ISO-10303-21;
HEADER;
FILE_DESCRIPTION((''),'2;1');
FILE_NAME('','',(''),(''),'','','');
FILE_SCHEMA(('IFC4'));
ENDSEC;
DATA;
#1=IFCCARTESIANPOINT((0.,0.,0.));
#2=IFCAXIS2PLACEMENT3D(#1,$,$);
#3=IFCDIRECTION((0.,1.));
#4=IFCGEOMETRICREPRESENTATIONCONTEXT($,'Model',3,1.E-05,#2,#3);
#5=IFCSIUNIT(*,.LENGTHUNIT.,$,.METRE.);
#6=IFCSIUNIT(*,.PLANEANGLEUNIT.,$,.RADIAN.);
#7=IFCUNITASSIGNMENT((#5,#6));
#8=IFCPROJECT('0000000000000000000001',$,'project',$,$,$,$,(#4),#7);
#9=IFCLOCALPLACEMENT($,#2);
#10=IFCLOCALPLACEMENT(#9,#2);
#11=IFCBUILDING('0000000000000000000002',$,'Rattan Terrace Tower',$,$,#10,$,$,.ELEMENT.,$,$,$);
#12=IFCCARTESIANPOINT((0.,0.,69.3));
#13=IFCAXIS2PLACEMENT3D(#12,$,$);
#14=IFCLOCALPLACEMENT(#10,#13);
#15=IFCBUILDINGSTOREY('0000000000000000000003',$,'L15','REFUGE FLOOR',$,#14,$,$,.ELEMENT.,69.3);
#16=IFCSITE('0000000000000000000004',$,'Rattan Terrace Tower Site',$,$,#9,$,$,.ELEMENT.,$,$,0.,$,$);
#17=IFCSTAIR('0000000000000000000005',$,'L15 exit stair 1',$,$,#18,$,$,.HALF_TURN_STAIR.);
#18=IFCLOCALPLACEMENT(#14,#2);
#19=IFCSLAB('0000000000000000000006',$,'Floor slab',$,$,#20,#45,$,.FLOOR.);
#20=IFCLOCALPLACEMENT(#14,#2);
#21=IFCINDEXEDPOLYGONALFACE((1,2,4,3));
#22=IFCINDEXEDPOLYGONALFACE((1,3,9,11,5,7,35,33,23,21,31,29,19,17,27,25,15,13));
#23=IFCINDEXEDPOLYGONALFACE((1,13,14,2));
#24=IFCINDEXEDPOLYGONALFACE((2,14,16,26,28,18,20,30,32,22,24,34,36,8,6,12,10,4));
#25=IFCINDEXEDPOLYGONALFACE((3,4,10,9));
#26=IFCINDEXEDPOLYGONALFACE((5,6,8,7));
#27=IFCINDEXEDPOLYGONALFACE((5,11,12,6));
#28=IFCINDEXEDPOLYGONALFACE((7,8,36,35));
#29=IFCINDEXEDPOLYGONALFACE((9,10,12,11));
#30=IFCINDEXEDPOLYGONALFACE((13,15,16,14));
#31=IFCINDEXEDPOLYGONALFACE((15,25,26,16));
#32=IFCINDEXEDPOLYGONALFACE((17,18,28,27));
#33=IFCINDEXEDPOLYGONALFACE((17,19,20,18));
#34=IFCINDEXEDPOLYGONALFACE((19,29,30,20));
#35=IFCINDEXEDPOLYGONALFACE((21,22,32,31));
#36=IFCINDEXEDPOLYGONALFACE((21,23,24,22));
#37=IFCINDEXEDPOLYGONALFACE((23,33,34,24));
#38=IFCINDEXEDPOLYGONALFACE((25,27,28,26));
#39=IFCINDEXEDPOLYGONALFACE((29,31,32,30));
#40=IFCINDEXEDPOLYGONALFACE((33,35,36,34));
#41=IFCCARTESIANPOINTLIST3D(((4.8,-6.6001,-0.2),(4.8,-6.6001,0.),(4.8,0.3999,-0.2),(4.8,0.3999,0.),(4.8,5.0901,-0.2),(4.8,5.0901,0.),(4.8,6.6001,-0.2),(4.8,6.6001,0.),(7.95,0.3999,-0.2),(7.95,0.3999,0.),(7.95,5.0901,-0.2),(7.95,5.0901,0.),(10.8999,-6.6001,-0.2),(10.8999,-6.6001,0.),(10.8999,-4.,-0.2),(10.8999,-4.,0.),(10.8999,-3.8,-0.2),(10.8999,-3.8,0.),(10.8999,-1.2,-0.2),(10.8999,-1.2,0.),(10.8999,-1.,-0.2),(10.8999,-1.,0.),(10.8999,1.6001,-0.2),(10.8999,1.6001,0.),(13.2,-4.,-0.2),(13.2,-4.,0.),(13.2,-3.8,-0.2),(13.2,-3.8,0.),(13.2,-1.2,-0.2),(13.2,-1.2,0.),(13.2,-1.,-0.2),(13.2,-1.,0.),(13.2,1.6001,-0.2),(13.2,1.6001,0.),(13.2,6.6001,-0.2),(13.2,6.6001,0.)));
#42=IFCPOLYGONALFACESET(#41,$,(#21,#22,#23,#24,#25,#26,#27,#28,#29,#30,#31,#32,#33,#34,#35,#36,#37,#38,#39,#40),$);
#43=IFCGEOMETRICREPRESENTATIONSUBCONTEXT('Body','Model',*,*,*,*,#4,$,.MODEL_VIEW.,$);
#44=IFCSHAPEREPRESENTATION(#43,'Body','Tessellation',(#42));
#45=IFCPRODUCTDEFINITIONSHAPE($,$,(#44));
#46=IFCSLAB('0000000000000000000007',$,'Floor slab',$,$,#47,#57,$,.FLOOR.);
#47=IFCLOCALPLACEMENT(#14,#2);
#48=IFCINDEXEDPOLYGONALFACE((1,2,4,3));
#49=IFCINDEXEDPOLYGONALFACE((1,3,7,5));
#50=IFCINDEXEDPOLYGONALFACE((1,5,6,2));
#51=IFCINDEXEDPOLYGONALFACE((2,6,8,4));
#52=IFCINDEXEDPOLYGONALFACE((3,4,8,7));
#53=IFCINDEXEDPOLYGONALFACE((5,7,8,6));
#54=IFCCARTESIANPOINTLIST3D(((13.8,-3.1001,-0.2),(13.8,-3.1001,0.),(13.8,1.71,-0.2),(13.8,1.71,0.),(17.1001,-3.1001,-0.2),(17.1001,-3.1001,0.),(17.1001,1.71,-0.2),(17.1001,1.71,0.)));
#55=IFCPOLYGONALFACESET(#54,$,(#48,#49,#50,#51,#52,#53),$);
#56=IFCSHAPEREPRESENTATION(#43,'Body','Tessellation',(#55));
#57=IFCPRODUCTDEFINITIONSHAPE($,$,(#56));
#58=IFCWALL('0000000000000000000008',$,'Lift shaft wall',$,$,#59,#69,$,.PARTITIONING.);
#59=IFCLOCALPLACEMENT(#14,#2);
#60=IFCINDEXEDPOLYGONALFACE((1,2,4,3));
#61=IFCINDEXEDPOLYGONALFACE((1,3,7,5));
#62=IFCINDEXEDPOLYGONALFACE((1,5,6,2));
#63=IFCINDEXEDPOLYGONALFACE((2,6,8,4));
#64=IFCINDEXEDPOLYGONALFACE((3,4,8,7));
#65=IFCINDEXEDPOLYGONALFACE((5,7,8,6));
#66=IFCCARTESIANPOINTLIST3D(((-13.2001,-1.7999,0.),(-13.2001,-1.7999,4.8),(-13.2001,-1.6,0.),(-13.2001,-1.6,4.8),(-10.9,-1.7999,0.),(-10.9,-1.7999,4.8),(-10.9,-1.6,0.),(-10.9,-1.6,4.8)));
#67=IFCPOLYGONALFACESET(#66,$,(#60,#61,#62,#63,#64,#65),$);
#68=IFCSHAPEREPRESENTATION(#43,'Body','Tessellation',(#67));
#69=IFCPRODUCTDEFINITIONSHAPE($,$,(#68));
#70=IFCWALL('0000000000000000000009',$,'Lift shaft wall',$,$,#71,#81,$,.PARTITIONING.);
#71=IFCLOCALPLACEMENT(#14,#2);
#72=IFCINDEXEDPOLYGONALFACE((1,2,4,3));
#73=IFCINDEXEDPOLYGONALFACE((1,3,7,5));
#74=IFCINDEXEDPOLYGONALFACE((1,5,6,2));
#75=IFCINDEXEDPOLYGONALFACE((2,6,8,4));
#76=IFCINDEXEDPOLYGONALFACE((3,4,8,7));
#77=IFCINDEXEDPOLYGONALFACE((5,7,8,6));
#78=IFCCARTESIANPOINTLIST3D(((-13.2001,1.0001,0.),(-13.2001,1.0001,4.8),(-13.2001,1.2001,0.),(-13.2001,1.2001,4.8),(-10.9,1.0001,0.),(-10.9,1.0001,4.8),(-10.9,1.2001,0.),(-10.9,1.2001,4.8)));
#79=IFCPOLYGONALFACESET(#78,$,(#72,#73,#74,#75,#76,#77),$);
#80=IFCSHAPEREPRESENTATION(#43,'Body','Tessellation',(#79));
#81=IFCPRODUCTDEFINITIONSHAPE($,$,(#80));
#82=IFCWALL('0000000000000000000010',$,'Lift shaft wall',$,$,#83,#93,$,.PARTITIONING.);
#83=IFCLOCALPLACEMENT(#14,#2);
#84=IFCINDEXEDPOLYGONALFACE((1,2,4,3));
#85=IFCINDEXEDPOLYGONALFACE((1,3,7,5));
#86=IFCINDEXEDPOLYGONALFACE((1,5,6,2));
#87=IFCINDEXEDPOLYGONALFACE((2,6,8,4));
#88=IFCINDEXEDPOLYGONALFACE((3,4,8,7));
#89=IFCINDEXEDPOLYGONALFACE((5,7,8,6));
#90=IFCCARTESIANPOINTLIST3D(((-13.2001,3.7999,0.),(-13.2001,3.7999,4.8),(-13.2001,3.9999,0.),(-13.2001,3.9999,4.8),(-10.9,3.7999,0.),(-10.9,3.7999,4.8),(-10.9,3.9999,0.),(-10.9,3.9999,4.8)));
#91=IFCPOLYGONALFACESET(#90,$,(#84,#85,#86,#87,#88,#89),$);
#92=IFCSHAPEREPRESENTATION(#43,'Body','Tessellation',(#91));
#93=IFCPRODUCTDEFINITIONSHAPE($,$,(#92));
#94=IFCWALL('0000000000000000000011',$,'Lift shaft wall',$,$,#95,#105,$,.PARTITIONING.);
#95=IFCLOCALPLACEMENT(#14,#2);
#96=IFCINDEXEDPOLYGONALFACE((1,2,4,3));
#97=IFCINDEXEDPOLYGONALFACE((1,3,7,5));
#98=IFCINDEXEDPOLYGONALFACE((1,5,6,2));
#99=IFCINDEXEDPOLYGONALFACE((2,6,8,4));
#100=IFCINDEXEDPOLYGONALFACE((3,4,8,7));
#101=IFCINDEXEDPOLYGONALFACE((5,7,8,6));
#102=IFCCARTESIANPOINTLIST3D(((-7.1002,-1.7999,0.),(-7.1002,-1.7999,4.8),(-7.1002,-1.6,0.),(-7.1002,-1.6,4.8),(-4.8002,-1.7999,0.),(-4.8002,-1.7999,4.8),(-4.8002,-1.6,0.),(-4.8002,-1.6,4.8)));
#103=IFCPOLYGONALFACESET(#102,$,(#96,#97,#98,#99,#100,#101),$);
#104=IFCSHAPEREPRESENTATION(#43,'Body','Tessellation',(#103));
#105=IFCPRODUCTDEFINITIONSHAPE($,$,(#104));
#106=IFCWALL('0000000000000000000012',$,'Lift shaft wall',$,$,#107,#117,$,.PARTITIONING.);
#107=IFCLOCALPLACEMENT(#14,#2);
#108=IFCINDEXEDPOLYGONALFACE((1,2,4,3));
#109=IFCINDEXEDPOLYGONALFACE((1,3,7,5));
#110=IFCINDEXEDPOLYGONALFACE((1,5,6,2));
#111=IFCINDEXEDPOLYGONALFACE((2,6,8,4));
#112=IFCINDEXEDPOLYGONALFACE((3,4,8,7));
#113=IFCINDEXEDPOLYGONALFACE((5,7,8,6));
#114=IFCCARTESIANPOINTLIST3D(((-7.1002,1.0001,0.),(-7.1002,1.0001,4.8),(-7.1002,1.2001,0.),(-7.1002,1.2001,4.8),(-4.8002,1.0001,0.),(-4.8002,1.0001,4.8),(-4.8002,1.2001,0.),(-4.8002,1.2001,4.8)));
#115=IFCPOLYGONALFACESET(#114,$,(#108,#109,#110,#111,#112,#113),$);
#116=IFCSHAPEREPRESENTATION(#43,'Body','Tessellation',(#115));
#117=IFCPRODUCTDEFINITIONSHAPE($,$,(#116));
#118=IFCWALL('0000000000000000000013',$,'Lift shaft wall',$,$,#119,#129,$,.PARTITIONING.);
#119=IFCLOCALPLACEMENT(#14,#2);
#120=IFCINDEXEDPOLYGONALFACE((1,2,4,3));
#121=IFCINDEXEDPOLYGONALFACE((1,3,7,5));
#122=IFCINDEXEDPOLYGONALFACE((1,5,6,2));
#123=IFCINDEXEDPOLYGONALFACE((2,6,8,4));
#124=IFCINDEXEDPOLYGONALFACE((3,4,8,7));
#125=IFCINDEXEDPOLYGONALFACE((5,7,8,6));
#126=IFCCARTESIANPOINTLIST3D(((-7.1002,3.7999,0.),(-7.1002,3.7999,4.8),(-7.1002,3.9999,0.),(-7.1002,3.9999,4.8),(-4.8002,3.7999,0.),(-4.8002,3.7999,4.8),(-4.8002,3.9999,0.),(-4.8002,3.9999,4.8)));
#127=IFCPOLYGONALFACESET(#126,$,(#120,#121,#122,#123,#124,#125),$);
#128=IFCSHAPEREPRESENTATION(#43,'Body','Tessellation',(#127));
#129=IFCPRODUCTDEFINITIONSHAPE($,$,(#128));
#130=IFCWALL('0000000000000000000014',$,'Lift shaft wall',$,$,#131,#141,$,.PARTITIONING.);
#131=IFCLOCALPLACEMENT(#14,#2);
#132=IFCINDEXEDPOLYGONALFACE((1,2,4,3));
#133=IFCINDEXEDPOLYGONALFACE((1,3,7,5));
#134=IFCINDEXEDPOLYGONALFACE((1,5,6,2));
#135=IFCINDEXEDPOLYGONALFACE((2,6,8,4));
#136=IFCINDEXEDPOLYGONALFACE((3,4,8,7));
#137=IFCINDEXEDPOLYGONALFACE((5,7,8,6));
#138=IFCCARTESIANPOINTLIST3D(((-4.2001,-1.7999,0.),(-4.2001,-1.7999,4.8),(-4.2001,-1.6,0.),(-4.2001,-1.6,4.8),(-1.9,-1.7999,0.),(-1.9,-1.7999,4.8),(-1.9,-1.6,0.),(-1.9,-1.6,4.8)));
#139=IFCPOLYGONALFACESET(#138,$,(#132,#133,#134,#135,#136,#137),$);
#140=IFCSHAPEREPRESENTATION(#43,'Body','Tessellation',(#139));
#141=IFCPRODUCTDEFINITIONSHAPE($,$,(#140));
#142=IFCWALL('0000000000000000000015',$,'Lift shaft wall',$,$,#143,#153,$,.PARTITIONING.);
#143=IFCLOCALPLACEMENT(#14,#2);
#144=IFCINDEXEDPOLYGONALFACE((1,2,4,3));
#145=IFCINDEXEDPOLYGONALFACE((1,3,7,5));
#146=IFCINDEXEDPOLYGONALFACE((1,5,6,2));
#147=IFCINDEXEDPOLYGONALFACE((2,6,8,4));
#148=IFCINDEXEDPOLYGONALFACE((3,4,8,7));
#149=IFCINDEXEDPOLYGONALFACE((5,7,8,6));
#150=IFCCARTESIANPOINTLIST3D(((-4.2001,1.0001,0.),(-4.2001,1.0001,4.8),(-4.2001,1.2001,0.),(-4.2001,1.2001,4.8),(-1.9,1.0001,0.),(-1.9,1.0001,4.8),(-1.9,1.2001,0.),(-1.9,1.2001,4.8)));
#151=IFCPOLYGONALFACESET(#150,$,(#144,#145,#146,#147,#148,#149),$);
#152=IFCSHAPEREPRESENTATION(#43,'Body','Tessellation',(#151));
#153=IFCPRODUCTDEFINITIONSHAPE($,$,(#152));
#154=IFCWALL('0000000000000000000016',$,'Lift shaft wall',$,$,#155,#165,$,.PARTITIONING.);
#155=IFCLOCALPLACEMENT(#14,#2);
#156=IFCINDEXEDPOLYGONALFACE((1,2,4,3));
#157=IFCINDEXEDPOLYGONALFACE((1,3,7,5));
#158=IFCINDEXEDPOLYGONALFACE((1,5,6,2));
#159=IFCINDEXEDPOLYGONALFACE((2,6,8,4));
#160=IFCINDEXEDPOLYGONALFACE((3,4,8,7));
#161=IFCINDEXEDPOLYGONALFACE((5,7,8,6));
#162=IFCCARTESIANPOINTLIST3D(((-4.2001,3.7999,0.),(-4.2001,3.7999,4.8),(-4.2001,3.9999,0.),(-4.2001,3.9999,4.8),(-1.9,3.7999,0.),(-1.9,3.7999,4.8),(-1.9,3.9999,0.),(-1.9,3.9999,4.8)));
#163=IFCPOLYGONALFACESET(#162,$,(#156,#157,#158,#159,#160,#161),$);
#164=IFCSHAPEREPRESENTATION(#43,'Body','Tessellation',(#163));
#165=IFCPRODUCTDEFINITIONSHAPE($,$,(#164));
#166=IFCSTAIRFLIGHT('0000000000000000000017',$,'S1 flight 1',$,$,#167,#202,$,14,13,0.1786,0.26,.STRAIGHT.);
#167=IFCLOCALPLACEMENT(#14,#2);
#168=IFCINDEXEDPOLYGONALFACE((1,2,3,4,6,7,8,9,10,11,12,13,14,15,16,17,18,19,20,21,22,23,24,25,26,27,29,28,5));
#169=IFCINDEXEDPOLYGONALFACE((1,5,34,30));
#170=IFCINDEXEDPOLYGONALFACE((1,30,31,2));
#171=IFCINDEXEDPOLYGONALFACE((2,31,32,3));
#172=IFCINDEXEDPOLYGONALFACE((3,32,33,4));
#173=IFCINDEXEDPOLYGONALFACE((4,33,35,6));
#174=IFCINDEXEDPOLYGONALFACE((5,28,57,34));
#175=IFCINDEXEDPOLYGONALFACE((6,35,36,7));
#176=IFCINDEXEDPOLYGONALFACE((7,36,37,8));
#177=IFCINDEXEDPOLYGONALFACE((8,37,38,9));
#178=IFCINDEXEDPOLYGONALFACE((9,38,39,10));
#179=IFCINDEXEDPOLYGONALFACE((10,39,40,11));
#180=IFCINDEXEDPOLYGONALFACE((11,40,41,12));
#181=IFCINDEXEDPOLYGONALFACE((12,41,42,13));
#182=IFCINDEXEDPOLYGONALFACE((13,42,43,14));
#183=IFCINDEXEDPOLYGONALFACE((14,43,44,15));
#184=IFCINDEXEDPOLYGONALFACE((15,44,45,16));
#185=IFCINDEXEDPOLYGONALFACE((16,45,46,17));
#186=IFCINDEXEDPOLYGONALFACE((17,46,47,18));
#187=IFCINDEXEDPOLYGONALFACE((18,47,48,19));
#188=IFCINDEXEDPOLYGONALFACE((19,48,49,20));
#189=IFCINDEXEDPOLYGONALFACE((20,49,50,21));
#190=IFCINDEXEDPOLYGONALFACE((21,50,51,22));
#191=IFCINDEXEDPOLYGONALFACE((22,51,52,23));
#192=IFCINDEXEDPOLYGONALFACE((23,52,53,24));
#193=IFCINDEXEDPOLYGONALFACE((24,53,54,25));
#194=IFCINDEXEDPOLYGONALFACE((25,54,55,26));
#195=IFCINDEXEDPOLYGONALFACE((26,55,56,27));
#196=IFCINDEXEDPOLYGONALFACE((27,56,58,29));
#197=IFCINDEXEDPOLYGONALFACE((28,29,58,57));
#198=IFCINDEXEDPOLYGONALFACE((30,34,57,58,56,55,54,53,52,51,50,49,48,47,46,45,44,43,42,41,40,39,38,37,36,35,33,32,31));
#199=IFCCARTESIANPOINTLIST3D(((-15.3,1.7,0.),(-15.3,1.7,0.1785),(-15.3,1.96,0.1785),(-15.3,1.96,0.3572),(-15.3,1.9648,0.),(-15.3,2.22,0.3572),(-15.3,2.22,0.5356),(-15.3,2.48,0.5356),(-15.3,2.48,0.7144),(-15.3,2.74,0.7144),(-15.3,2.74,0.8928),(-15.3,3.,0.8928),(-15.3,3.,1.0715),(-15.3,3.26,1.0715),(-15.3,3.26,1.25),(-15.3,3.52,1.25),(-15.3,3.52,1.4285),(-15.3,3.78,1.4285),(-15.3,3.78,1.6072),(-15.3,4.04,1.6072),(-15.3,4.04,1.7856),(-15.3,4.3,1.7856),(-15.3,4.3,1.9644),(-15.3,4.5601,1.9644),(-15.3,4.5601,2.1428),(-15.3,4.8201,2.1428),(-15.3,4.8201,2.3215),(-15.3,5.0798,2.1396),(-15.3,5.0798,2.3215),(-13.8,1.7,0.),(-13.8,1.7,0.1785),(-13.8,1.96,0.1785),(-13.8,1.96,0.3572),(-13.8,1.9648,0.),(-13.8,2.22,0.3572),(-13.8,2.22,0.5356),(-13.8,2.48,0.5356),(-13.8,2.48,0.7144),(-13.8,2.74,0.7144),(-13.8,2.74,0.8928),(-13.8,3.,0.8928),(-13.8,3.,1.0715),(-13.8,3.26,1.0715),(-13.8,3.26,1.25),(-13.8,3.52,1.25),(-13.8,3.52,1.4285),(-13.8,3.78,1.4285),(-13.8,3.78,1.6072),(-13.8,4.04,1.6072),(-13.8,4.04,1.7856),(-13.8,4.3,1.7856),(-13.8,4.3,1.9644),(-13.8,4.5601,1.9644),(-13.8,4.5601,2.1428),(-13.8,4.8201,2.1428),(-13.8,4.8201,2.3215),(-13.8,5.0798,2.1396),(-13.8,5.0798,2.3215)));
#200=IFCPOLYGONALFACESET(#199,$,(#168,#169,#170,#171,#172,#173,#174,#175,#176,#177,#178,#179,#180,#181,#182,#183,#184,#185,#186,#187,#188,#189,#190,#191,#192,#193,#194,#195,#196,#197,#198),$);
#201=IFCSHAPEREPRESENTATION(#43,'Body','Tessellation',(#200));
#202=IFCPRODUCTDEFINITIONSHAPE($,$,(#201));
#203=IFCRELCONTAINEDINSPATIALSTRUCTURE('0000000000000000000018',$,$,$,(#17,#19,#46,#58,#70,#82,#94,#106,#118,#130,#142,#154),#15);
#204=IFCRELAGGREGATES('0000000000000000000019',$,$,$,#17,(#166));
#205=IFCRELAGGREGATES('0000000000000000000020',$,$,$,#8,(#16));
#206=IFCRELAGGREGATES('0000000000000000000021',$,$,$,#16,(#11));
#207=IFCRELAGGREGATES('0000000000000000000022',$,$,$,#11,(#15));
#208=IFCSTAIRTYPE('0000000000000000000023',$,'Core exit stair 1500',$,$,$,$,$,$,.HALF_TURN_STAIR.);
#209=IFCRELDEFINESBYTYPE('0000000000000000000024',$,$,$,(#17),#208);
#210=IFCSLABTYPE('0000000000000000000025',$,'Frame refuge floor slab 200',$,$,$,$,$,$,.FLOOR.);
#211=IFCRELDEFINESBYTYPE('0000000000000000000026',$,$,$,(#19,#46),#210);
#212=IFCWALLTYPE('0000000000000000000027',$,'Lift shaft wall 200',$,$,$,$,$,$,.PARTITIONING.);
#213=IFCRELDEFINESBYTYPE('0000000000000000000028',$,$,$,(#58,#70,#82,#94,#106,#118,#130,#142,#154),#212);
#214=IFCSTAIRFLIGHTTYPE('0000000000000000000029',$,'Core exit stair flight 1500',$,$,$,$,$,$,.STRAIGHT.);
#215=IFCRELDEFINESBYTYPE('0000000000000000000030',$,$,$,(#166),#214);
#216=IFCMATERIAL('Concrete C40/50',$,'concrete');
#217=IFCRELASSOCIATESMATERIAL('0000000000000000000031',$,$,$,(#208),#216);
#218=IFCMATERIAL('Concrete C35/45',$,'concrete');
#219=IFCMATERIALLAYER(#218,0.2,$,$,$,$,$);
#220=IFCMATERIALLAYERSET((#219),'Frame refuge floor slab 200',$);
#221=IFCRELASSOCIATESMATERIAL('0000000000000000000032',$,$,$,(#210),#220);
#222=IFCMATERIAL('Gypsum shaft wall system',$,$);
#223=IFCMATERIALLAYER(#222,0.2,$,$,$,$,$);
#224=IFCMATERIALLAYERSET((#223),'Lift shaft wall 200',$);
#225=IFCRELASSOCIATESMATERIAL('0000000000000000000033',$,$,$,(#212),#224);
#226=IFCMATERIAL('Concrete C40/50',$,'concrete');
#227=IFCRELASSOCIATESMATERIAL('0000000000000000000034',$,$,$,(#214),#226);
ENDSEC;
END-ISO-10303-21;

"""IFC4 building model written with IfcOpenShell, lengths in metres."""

from ifc_helpers import new_model, si_unit, direction, frame, frame_2d, origin, place, context, subcontext, project, spatial, polyline, rectangle, outline, extrude, material, layer, layer_set, type_object, element, aggregate, save


model = new_model("IFC4")

# Units and contexts
model_context = context("Model", 3, precision=1e-05, world=origin(), true_north=direction((0.0, 1.0)))
body_context = subcontext(model_context, "Body", "Model", "MODEL_VIEW")
ifc_project = project(units=[si_unit("LENGTHUNIT", "METRE"), si_unit("PLANEANGLEUNIT", "RADIAN")], contexts=[model_context])

# Site, building, storey
site_placement = place(None, origin())
site = spatial("IfcSite", under=ifc_project, at=site_placement, Name="Rattan Terrace Tower Site", CompositionType="ELEMENT", RefElevation=0.0)
building_placement = place(site_placement, origin())
building = spatial("IfcBuilding", under=site, at=building_placement, Name="Rattan Terrace Tower", CompositionType="ELEMENT")
storey_placement = place(building_placement, frame((0.0, 0.0, 69.3)))
storey = spatial("IfcBuildingStorey", under=building, at=storey_placement, Name="L15", Description="REFUGE FLOOR", CompositionType="ELEMENT", Elevation=69.3)

# Stair
ifc_material_1 = material(Name="Concrete C40/50", Category="concrete")
stair_type = type_object("IfcStairType", Name="Core exit stair 1500", PredefinedType="HALF_TURN_STAIR", material=ifc_material_1)
stair_1_placement = place(storey_placement, origin())
stair_1 = element("IfcStair", 1, at=stair_1_placement, inside=storey, type_object=stair_type, Name="L15 exit stair 1", PredefinedType="HALF_TURN_STAIR")

# Slabs
ifc_material_2 = material(Name="Concrete C35/45", Category="concrete")
ifc_layer_1 = layer(ifc_material_2, 0.2)
ifc_layer_set_1 = layer_set([ifc_layer_1], Name="Frame refuge floor slab 200")
slab_type_1 = type_object("IfcSlabType", Name="Frame refuge floor slab 200", PredefinedType="FLOOR", material=ifc_layer_set_1)
slab_1_placement = place(storey_placement, frame((0.0, 0.0, -0.2)))
element("IfcSlab", 2, at=slab_1_placement, inside=storey, type_object=slab_type_1, Name="Floor slab", PredefinedType="FLOOR", context=body_context, shape_type="SweptSolid", body=[
    extrude(outline(polyline([(4.8, 5.0901), (7.95, 5.0901), (7.95, 0.3999), (4.8, 0.3999), (4.8, -6.6001), (10.8999, -6.6001), (10.8999, -4.0), (13.2, -4.0), (13.2, -3.8), (10.8999, -3.8), (10.8999, -1.2), (13.2, -1.2), (13.2, -1.0), (10.8999, -1.0), (10.8999, 1.6001), (13.2, 1.6001), (13.2, 6.6001), (4.8, 6.6001), (4.8, 5.0901)])), origin(), (0.0, 0.0, 1.0), 0.2),
])
slab_2_placement = place(storey_placement, frame((0.0, 0.0, -0.2)))
element("IfcSlab", 3, at=slab_2_placement, inside=storey, type_object=slab_type_1, Name="Floor slab", PredefinedType="FLOOR", context=body_context, shape_type="SweptSolid", body=[
    extrude(outline(polyline([(13.8, -3.1001), (17.1001, -3.1001), (17.1001, 1.71), (13.8, 1.71), (13.8, -3.1001)])), origin(), (0.0, 0.0, 1.0), 0.2),
])

# Walls
ifc_material_3 = material(Name="Gypsum shaft wall system")
ifc_layer_2 = layer(ifc_material_3, 0.2)
ifc_layer_set_2 = layer_set([ifc_layer_2], Name="Lift shaft wall 200")
wall_type = type_object("IfcWallType", Name="Lift shaft wall 200", PredefinedType="PARTITIONING", material=ifc_layer_set_2)
for number, where, z_axis, x_axis, name in (
    (4, (-13.2, -1.7, 0.0), (0.0, 0.0, 1.0), (1.0, 0.0, 0.0), "Lift shaft wall"),
    (5, (-13.2, 1.1001, 0.0), (0.0, 0.0, 1.0), (1.0, 0.0, 0.0), "Lift shaft wall"),
    (6, (-13.2, 3.8999, 0.0), (0.0, 0.0, 1.0), (1.0, 0.0, 0.0), "Lift shaft wall"),
    (7, (-7.1001, -1.7, 0.0), (0.0, 0.0, 1.0), (1.0, 0.0, 0.0), "Lift shaft wall"),
    (8, (-7.1001, 1.1001, 0.0), (0.0, 0.0, 1.0), (1.0, 0.0, 0.0), "Lift shaft wall"),
    (9, (-7.1001, 3.8999, 0.0), (0.0, 0.0, 1.0), (1.0, 0.0, 0.0), "Lift shaft wall"),
    (10, (-4.2, -1.7, 0.0), (0.0, 0.0, 1.0), (1.0, 0.0, 0.0), "Lift shaft wall"),
    (11, (-4.2, 1.1001, 0.0), (0.0, 0.0, 1.0), (1.0, 0.0, 0.0), "Lift shaft wall"),
    (12, (-4.2, 3.8999, 0.0), (0.0, 0.0, 1.0), (1.0, 0.0, 0.0), "Lift shaft wall"),
):
    element("IfcWall", number, at=place(storey_placement, frame(where, z_axis=z_axis, x_axis=x_axis)), inside=storey, type_object=wall_type, Name=name, PredefinedType="PARTITIONING", context=body_context, shape_type="SweptSolid", body=[
        extrude(rectangle(XDim=2.3, YDim=0.2, at=frame_2d((1.1499, 0.0))), origin(), (0.0, 0.0, 1.0), 4.8),
    ])

# Stair flight
ifc_material_4 = material(Name="Concrete C40/50", Category="concrete")
stair_flight_type = type_object("IfcStairFlightType", Name="Core exit stair flight 1500", PredefinedType="STRAIGHT", material=ifc_material_4)
stair_flight_placement = place(storey_placement, frame((-14.55, 1.7, 0.0), z_axis=(0.0, 0.0, 1.0), x_axis=(0.0, 1.0, 0.0)))
stair_flight = element("IfcStairFlight", 13, at=stair_flight_placement, type_object=stair_flight_type, Name="S1 flight 1", NumberOfRisers=14, NumberOfTreads=13, PredefinedType="STRAIGHT", RiserHeight=0.1786, TreadLength=0.26, context=body_context, shape_type="SweptSolid", body=[
    extrude(outline(polyline([(0.0, 0.0), (0.0, 0.1785), (0.26, 0.1785), (0.26, 0.3572), (0.52, 0.3572), (0.52, 0.5356), (0.78, 0.5356), (0.78, 0.7144), (1.04, 0.7144), (1.04, 0.8928), (1.3, 0.8928), (1.3, 1.0715), (1.5601, 1.0715), (1.5601, 1.25), (1.8201, 1.25), (1.8201, 1.4285), (2.0801, 1.4285), (2.0801, 1.6072), (2.3401, 1.6072), (2.3401, 1.7856), (2.6001, 1.7856), (2.6001, 1.9644), (2.8601, 1.9644), (2.8601, 2.1428), (3.1201, 2.1428), (3.1201, 2.3215), (3.3799, 2.3215), (3.3799, 2.5), (3.3799, 2.1396), (0.2649, 0.0), (0.0, 0.0)])), frame((0.0, 0.75, 0.0), z_axis=(0.0, -1.0, 0.0), x_axis=(1.0, 0.0, 0.0)), (0.0, 0.0, 1.0), 1.5),
])
aggregate(stair_1, [stair_flight])

save(model, "model.ifc")
